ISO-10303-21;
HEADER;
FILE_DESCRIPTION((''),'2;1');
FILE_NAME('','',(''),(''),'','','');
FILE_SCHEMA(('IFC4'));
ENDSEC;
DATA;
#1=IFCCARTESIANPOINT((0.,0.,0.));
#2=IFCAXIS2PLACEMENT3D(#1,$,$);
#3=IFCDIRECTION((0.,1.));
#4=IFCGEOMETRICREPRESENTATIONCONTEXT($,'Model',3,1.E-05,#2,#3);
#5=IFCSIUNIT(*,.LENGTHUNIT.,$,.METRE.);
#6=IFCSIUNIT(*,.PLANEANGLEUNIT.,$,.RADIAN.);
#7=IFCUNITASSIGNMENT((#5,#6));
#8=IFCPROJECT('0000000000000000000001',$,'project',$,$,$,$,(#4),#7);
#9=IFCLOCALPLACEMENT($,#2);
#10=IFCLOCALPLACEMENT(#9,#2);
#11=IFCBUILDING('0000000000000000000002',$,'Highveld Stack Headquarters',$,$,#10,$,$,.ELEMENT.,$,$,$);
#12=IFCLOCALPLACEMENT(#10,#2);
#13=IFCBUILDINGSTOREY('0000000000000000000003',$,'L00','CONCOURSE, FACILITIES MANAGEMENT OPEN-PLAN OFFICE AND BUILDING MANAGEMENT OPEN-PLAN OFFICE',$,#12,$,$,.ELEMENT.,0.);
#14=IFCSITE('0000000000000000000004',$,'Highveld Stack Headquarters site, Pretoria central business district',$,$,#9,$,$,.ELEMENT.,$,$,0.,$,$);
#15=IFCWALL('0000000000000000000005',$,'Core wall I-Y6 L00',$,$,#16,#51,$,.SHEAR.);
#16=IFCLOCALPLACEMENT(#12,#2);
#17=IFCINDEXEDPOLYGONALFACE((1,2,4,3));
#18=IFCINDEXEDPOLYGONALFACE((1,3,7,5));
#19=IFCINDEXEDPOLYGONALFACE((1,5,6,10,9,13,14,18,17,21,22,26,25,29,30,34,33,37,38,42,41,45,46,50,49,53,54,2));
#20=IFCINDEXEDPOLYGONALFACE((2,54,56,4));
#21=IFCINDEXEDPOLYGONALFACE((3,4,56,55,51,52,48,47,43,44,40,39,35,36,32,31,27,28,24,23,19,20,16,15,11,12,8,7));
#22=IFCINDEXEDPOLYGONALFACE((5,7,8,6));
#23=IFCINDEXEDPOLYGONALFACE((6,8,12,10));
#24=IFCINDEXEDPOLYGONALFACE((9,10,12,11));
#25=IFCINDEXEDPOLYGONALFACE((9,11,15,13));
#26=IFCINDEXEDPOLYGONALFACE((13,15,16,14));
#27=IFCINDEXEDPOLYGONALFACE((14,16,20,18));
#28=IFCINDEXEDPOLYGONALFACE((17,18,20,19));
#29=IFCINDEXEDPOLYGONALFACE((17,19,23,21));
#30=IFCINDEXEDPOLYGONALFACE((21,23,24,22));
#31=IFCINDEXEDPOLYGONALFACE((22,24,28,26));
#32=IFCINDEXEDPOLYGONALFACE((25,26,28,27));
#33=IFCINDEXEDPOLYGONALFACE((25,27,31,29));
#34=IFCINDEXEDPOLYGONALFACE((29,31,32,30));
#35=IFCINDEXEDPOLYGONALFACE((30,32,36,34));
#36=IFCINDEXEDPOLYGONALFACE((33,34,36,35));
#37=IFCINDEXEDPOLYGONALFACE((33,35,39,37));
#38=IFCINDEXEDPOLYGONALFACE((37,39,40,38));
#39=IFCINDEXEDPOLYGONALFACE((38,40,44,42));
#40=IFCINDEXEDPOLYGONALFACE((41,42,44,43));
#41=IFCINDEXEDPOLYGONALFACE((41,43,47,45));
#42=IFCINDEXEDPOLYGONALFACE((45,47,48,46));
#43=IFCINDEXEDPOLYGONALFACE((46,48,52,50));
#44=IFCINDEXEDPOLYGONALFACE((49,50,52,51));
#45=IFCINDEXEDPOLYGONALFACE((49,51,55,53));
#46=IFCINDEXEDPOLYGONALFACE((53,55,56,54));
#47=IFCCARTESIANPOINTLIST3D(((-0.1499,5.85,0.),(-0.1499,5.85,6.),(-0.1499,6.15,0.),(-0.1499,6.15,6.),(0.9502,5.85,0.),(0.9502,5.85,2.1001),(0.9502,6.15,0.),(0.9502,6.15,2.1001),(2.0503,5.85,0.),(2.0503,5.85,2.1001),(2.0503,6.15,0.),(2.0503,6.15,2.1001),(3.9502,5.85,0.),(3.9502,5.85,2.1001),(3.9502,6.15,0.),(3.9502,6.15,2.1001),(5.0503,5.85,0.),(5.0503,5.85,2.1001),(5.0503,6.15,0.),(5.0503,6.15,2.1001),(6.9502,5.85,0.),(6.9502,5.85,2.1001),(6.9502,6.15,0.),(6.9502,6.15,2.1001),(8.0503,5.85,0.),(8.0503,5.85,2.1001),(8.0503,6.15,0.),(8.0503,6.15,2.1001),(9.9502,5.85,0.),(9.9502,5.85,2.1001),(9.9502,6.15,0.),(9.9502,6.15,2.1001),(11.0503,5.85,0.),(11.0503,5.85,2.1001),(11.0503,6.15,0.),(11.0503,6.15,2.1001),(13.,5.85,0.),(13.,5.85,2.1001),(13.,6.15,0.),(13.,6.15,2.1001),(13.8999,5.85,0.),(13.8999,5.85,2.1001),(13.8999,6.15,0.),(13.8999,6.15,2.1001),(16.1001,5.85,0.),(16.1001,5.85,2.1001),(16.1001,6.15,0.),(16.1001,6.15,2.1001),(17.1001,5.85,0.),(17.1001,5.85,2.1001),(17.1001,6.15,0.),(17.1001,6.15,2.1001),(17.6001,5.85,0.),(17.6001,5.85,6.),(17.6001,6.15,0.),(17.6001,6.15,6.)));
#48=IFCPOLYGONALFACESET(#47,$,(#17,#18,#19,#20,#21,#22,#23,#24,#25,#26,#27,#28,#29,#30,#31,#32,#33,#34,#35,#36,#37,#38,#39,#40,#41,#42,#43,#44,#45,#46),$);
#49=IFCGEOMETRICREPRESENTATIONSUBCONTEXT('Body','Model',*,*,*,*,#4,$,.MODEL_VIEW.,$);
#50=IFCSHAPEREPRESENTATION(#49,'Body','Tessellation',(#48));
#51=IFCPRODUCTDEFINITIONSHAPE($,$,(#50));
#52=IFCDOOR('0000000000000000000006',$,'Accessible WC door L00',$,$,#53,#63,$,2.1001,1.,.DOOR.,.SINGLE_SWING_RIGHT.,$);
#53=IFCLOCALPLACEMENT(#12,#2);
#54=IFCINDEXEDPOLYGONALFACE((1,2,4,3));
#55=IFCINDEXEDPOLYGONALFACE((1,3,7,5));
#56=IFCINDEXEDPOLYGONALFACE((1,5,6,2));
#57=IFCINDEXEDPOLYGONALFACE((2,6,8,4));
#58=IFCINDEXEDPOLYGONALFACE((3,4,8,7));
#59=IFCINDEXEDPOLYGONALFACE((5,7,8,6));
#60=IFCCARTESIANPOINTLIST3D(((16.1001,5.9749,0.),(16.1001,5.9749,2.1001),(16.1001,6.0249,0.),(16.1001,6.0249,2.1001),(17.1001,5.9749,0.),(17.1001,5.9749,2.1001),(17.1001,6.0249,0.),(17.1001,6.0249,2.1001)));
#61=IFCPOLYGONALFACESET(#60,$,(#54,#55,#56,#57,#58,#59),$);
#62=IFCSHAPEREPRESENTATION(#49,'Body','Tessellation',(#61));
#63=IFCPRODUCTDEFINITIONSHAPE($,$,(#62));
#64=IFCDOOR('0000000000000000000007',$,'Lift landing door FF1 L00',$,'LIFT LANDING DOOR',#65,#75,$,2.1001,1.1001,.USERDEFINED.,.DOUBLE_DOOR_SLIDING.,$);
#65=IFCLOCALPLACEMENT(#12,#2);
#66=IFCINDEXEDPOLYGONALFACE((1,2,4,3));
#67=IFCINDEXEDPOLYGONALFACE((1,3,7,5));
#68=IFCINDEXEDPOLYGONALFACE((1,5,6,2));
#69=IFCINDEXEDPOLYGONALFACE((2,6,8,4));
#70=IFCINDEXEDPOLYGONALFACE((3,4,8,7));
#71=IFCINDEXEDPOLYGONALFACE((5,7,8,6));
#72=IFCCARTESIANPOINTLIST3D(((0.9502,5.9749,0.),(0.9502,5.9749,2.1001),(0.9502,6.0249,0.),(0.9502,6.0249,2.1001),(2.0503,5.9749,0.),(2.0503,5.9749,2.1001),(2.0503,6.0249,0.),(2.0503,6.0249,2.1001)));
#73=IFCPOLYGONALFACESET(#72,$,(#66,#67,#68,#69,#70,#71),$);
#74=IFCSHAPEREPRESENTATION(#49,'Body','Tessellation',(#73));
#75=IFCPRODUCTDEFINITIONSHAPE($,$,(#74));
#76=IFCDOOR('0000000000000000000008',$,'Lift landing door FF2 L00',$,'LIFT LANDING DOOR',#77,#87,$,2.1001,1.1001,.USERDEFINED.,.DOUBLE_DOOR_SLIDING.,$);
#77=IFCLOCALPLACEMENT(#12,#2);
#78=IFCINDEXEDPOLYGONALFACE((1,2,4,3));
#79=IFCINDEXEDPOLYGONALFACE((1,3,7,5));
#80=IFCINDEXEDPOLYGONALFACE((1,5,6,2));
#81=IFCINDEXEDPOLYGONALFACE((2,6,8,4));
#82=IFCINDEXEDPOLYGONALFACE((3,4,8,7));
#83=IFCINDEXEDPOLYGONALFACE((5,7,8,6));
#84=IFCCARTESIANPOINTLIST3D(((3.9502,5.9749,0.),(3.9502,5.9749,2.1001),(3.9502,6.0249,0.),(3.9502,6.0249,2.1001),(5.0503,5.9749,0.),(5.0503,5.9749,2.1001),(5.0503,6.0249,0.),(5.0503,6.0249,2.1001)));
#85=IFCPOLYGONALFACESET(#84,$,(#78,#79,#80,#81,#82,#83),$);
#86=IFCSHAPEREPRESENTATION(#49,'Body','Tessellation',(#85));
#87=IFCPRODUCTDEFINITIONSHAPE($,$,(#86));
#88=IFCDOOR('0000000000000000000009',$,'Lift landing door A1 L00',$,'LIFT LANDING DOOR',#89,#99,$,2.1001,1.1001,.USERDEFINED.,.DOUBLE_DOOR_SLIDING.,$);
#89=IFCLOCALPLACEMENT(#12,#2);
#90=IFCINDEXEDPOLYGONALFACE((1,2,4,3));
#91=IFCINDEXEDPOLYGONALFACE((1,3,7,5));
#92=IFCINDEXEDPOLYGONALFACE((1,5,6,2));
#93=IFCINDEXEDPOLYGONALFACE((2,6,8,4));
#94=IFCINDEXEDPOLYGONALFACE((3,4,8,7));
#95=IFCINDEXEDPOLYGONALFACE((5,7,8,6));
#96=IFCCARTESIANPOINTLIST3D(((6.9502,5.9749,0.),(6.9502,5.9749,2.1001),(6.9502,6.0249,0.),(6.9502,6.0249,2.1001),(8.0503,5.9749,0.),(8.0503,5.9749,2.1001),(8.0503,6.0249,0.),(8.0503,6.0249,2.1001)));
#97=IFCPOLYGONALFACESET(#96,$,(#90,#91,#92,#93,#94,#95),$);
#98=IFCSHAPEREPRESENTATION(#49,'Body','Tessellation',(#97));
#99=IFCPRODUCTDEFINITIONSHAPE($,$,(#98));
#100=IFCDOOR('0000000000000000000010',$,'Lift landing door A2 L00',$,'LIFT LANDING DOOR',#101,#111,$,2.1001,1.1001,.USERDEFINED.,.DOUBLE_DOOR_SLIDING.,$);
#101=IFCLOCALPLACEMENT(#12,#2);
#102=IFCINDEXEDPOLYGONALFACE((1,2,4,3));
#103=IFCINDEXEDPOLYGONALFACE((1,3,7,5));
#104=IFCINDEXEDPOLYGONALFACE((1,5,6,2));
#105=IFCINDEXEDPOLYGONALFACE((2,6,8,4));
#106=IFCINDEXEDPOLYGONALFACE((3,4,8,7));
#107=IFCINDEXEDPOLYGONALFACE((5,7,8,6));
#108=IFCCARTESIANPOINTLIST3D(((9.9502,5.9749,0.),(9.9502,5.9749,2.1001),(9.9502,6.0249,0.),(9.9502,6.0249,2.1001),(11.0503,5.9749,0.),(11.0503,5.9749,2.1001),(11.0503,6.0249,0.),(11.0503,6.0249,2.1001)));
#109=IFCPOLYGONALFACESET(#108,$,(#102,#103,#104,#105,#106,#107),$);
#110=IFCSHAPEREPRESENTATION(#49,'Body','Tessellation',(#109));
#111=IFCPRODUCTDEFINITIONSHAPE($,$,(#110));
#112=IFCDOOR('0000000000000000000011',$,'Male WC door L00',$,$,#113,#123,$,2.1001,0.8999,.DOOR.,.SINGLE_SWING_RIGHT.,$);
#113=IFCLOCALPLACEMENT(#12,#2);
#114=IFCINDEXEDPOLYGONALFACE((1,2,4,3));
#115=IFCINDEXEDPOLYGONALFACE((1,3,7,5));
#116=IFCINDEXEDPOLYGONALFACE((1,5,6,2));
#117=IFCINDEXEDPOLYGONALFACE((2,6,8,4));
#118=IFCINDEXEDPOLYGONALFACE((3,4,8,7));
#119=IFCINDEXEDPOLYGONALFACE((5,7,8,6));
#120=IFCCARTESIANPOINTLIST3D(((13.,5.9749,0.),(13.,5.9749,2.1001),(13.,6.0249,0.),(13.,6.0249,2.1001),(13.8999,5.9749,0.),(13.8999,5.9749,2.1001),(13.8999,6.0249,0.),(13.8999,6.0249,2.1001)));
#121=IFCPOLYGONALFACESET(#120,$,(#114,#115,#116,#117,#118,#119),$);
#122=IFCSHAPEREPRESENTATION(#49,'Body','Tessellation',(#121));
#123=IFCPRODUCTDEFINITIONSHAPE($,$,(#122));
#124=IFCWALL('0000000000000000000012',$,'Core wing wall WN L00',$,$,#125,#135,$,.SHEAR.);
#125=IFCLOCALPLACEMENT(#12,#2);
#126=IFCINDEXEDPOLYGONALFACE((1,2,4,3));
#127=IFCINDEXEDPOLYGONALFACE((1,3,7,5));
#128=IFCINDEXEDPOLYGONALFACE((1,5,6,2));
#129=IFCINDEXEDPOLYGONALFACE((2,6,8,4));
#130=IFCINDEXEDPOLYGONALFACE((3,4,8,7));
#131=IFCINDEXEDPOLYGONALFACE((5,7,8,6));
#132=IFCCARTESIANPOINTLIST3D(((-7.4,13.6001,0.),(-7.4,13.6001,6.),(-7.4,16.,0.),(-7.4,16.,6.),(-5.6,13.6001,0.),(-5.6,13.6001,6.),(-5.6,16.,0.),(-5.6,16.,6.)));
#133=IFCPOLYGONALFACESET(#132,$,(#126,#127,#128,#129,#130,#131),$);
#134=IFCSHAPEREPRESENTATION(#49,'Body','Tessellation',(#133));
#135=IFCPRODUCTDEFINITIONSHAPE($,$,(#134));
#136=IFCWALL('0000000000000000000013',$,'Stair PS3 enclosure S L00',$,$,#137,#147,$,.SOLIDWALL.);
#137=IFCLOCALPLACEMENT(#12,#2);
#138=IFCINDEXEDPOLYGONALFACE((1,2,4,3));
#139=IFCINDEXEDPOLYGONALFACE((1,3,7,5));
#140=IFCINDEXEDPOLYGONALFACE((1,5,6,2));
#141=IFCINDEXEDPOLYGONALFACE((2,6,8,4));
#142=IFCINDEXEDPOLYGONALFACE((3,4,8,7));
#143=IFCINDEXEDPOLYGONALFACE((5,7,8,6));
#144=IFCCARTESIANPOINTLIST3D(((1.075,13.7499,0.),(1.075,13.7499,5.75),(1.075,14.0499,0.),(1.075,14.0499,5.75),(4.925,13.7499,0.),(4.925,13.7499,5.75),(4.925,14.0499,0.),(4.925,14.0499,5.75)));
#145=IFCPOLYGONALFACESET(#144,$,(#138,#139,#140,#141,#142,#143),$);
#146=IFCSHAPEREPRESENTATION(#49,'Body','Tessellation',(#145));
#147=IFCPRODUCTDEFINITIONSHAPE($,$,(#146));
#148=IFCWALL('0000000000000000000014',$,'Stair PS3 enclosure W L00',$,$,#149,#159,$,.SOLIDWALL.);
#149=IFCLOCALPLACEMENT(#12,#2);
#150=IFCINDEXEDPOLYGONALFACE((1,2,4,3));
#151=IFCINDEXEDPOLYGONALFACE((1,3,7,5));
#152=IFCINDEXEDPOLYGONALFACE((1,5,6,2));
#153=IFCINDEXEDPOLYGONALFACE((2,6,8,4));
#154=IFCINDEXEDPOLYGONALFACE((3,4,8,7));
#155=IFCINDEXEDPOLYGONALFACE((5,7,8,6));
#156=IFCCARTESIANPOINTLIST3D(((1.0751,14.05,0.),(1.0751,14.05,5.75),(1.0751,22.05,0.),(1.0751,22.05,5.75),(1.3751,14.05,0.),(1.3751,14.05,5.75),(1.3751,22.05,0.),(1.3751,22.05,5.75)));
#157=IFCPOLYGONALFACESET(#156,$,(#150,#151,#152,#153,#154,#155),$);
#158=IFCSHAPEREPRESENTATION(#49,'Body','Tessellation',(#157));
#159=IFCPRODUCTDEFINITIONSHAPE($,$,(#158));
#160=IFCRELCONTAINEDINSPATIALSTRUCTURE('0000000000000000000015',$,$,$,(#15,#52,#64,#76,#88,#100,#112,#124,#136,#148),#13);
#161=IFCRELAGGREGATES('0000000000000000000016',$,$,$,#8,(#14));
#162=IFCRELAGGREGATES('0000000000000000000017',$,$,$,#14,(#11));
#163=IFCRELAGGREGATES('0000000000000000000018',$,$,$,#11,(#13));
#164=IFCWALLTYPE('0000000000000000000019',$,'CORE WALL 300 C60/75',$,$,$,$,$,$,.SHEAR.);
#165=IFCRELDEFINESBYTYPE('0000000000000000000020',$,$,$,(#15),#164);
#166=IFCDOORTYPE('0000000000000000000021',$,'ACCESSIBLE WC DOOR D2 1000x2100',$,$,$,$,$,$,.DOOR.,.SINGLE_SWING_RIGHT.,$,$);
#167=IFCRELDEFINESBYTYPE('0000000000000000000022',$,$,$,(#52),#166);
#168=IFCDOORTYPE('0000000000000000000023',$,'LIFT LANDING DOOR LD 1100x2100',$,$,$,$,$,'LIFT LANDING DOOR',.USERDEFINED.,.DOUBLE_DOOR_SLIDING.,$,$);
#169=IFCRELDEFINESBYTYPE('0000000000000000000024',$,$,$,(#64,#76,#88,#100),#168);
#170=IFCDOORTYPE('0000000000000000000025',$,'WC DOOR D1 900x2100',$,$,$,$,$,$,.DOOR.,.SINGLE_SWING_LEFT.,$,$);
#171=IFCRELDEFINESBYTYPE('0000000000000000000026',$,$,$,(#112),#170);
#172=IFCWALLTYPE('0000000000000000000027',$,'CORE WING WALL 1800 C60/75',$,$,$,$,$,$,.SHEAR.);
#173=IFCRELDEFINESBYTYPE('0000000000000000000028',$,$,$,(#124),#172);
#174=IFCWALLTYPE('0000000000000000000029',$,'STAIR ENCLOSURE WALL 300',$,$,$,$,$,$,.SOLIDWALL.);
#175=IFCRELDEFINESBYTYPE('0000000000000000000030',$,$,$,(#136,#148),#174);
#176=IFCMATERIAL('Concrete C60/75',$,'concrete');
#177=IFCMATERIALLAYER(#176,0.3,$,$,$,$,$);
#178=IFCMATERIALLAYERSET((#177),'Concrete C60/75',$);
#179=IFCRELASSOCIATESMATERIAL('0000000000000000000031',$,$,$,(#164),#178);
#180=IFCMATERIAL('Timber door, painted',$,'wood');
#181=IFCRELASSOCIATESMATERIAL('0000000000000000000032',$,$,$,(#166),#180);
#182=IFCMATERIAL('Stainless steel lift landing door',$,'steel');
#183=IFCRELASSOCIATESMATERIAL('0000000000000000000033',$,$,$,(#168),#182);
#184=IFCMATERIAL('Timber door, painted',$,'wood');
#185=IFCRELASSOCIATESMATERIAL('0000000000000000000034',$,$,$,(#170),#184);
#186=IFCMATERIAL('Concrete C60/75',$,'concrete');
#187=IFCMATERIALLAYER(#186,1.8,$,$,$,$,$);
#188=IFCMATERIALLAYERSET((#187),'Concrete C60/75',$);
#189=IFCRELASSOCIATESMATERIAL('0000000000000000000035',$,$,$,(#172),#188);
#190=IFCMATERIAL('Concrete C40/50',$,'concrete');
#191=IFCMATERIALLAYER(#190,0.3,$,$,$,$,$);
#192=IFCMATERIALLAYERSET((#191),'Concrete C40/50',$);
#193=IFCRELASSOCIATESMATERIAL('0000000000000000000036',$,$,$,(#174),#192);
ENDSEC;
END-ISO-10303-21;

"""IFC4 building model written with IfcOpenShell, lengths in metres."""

from ifc_helpers import new_model, si_unit, direction, frame, frame_2d, origin, place, context, subcontext, project, spatial, rectangle, extrude, material, layer, layer_set, type_object, element, fill, save


model = new_model("IFC4")

# Units and contexts
model_context = context("Model", 3, precision=1e-05, world=origin(), true_north=direction((0.0, 1.0)))
body_context = subcontext(model_context, "Body", "Model", "MODEL_VIEW")
ifc_project = project(units=[si_unit("LENGTHUNIT", "METRE"), si_unit("PLANEANGLEUNIT", "RADIAN")], contexts=[model_context])

# Site, building, storey
site_placement = place(None, origin())
site = spatial("IfcSite", under=ifc_project, at=site_placement, Name="Highveld Stack Headquarters site, Pretoria central business district", CompositionType="ELEMENT", RefElevation=0.0)
building_placement = place(site_placement, origin())
building = spatial("IfcBuilding", under=site, at=building_placement, Name="Highveld Stack Headquarters", CompositionType="ELEMENT")
storey_placement = place(building_placement, origin())
storey = spatial("IfcBuildingStorey", under=building, at=storey_placement, Name="L00", Description="CONCOURSE, FACILITIES MANAGEMENT OPEN-PLAN OFFICE AND BUILDING MANAGEMENT OPEN-PLAN OFFICE", CompositionType="ELEMENT", Elevation=0.0)

# Wall, openings, doors
ifc_material_1 = material(Name="Concrete C60/75", Category="concrete")
ifc_layer_1 = layer(ifc_material_1, 0.3)
ifc_layer_set_1 = layer_set([ifc_layer_1], Name="Concrete C60/75")
wall_type_1 = type_object("IfcWallType", Name="CORE WALL 300 C60/75", PredefinedType="SHEAR", material=ifc_layer_set_1)
wall_1_placement = place(storey_placement, frame((-0.1499, 6.0, 0.0), z_axis=(0.0, 0.0, 1.0), x_axis=(1.0, 0.0, 0.0)))
wall_1 = element("IfcWall", 1, at=wall_1_placement, inside=storey, type_object=wall_type_1, Name="Core wall I-Y6 L00", PredefinedType="SHEAR", context=body_context, shape_type="SweptSolid", body=[
    extrude(rectangle(XDim=17.75, YDim=0.3, at=frame_2d((8.875, 0.0))), origin(), (0.0, 0.0, 1.0), 6.0),
])
opening_1_placement = place(wall_1_placement, frame((13.1499, 0.0, 0.0)))
opening_1 = element("IfcOpeningElement", 2, at=opening_1_placement, cuts=wall_1, PredefinedType="OPENING", context=body_context, shape_type="SweptSolid", body=[
    extrude(rectangle(XDim=0.8999, YDim=2.1001, at=frame_2d((0.45, 1.05))), frame((0.0, 0.1599, 0.0), z_axis=(0.0, -1.0, 0.0), x_axis=(1.0, 0.0, 0.0)), (0.0, 0.0, 1.0), 0.3201),
])
opening_2_placement = place(wall_1_placement, frame((16.25, 0.0, 0.0)))
opening_2 = element("IfcOpeningElement", 3, at=opening_2_placement, cuts=wall_1, PredefinedType="OPENING", context=body_context, shape_type="SweptSolid", body=[
    extrude(rectangle(XDim=1.0, YDim=2.1001, at=frame_2d((0.5, 1.05))), frame((0.0, 0.1599, 0.0), z_axis=(0.0, -1.0, 0.0), x_axis=(1.0, 0.0, 0.0)), (0.0, 0.0, 1.0), 0.3201),
])
opening_3_placement = place(wall_1_placement, frame((1.1001, 0.0, 0.0)))
opening_3 = element("IfcOpeningElement", 4, at=opening_3_placement, cuts=wall_1, PredefinedType="OPENING", context=body_context, shape_type="SweptSolid", body=[
    extrude(rectangle(XDim=1.1001, YDim=2.1001, at=frame_2d((0.55, 1.05))), frame((0.0, 0.1599, 0.0), z_axis=(0.0, -1.0, 0.0), x_axis=(1.0, 0.0, 0.0)), (0.0, 0.0, 1.0), 0.3201),
])
opening_4_placement = place(wall_1_placement, frame((4.1001, 0.0, 0.0)))
opening_4 = element("IfcOpeningElement", 5, at=opening_4_placement, cuts=wall_1, PredefinedType="OPENING", context=body_context, shape_type="SweptSolid", body=[
    extrude(rectangle(XDim=1.1001, YDim=2.1001, at=frame_2d((0.55, 1.05))), frame((0.0, 0.1599, 0.0), z_axis=(0.0, -1.0, 0.0), x_axis=(1.0, 0.0, 0.0)), (0.0, 0.0, 1.0), 0.3201),
])
opening_5_placement = place(wall_1_placement, frame((7.1001, 0.0, 0.0)))
opening_5 = element("IfcOpeningElement", 6, at=opening_5_placement, cuts=wall_1, PredefinedType="OPENING", context=body_context, shape_type="SweptSolid", body=[
    extrude(rectangle(XDim=1.1001, YDim=2.1001, at=frame_2d((0.55, 1.05))), frame((0.0, 0.1599, 0.0), z_axis=(0.0, -1.0, 0.0), x_axis=(1.0, 0.0, 0.0)), (0.0, 0.0, 1.0), 0.3201),
])
opening_6_placement = place(wall_1_placement, frame((10.1001, 0.0, 0.0)))
opening_6 = element("IfcOpeningElement", 7, at=opening_6_placement, cuts=wall_1, PredefinedType="OPENING", context=body_context, shape_type="SweptSolid", body=[
    extrude(rectangle(XDim=1.1001, YDim=2.1001, at=frame_2d((0.55, 1.05))), frame((0.0, 0.1599, 0.0), z_axis=(0.0, -1.0, 0.0), x_axis=(1.0, 0.0, 0.0)), (0.0, 0.0, 1.0), 0.3201),
])
ifc_material_2 = material(Name="Timber door, painted", Category="wood")
door_type_1 = type_object("IfcDoorType", Name="ACCESSIBLE WC DOOR D2 1000x2100", OperationType="SINGLE_SWING_RIGHT", PredefinedType="DOOR", material=ifc_material_2)
door_1_placement = place(opening_2_placement, origin())
door_1 = element("IfcDoor", 8, at=door_1_placement, inside=storey, type_object=door_type_1, Name="Accessible WC door L00", OperationType="SINGLE_SWING_RIGHT", OverallHeight=2.1001, OverallWidth=1.0, PredefinedType="DOOR", context=body_context, shape_type="SweptSolid", body=[
    extrude(rectangle(XDim=1.0, YDim=2.1001, at=frame_2d((0.5, 1.05))), frame((0.0, 0.0249, 0.0), z_axis=(0.0, -1.0, 0.0), x_axis=(1.0, 0.0, 0.0)), (0.0, 0.0, 1.0), 0.05),
])
fill(opening_2, door_1)
ifc_material_3 = material(Name="Stainless steel lift landing door", Category="steel")
door_type_2 = type_object("IfcDoorType", Name="LIFT LANDING DOOR LD 1100x2100", ElementType="LIFT LANDING DOOR", OperationType="DOUBLE_DOOR_SLIDING", PredefinedType="USERDEFINED", material=ifc_material_3)
door_2_placement = place(opening_3_placement, origin())
door_2 = element("IfcDoor", 9, at=door_2_placement, inside=storey, type_object=door_type_2, Name="Lift landing door FF1 L00", ObjectType="LIFT LANDING DOOR", OperationType="DOUBLE_DOOR_SLIDING", OverallHeight=2.1001, OverallWidth=1.1001, PredefinedType="USERDEFINED", context=body_context, shape_type="SweptSolid", body=[
    extrude(rectangle(XDim=1.1001, YDim=2.1001, at=frame_2d((0.55, 1.05))), frame((0.0, 0.0249, 0.0), z_axis=(0.0, -1.0, 0.0), x_axis=(1.0, 0.0, 0.0)), (0.0, 0.0, 1.0), 0.05),
])
fill(opening_3, door_2)
door_3_placement = place(opening_4_placement, origin())
door_3 = element("IfcDoor", 10, at=door_3_placement, inside=storey, type_object=door_type_2, Name="Lift landing door FF2 L00", ObjectType="LIFT LANDING DOOR", OperationType="DOUBLE_DOOR_SLIDING", OverallHeight=2.1001, OverallWidth=1.1001, PredefinedType="USERDEFINED", context=body_context, shape_type="SweptSolid", body=[
    extrude(rectangle(XDim=1.1001, YDim=2.1001, at=frame_2d((0.55, 1.05))), frame((0.0, 0.0249, 0.0), z_axis=(0.0, -1.0, 0.0), x_axis=(1.0, 0.0, 0.0)), (0.0, 0.0, 1.0), 0.05),
])
fill(opening_4, door_3)
door_4_placement = place(opening_5_placement, origin())
door_4 = element("IfcDoor", 11, at=door_4_placement, inside=storey, type_object=door_type_2, Name="Lift landing door A1 L00", ObjectType="LIFT LANDING DOOR", OperationType="DOUBLE_DOOR_SLIDING", OverallHeight=2.1001, OverallWidth=1.1001, PredefinedType="USERDEFINED", context=body_context, shape_type="SweptSolid", body=[
    extrude(rectangle(XDim=1.1001, YDim=2.1001, at=frame_2d((0.55, 1.05))), frame((0.0, 0.0249, 0.0), z_axis=(0.0, -1.0, 0.0), x_axis=(1.0, 0.0, 0.0)), (0.0, 0.0, 1.0), 0.05),
])
fill(opening_5, door_4)
door_5_placement = place(opening_6_placement, origin())
door_5 = element("IfcDoor", 12, at=door_5_placement, inside=storey, type_object=door_type_2, Name="Lift landing door A2 L00", ObjectType="LIFT LANDING DOOR", OperationType="DOUBLE_DOOR_SLIDING", OverallHeight=2.1001, OverallWidth=1.1001, PredefinedType="USERDEFINED", context=body_context, shape_type="SweptSolid", body=[
    extrude(rectangle(XDim=1.1001, YDim=2.1001, at=frame_2d((0.55, 1.05))), frame((0.0, 0.0249, 0.0), z_axis=(0.0, -1.0, 0.0), x_axis=(1.0, 0.0, 0.0)), (0.0, 0.0, 1.0), 0.05),
])
fill(opening_6, door_5)
ifc_material_4 = material(Name="Timber door, painted", Category="wood")
door_type_3 = type_object("IfcDoorType", Name="WC DOOR D1 900x2100", OperationType="SINGLE_SWING_LEFT", PredefinedType="DOOR", material=ifc_material_4)
door_6_placement = place(opening_1_placement, origin())
door_6 = element("IfcDoor", 13, at=door_6_placement, inside=storey, type_object=door_type_3, Name="Male WC door L00", OperationType="SINGLE_SWING_RIGHT", OverallHeight=2.1001, OverallWidth=0.8999, PredefinedType="DOOR", context=body_context, shape_type="SweptSolid", body=[
    extrude(rectangle(XDim=0.8999, YDim=2.1001, at=frame_2d((0.45, 1.05))), frame((0.0, 0.0249, 0.0), z_axis=(0.0, -1.0, 0.0), x_axis=(1.0, 0.0, 0.0)), (0.0, 0.0, 1.0), 0.05),
])
fill(opening_1, door_6)

# Walls
ifc_material_5 = material(Name="Concrete C60/75", Category="concrete")
ifc_layer_2 = layer(ifc_material_5, 1.8)
ifc_layer_set_2 = layer_set([ifc_layer_2], Name="Concrete C60/75")
wall_type_2 = type_object("IfcWallType", Name="CORE WING WALL 1800 C60/75", PredefinedType="SHEAR", material=ifc_layer_set_2)
wall_2_placement = place(storey_placement, frame((-6.5, 13.6001, 0.0), z_axis=(0.0, 0.0, 1.0), x_axis=(0.0, 1.0, 0.0)))
element("IfcWall", 14, at=wall_2_placement, inside=storey, type_object=wall_type_2, Name="Core wing wall WN L00", PredefinedType="SHEAR", context=body_context, shape_type="SweptSolid", body=[
    extrude(rectangle(XDim=2.3999, YDim=1.8, at=frame_2d((1.2, 0.0))), origin(), (0.0, 0.0, 1.0), 6.0),
])
ifc_material_6 = material(Name="Concrete C40/50", Category="concrete")
ifc_layer_3 = layer(ifc_material_6, 0.3)
ifc_layer_set_3 = layer_set([ifc_layer_3], Name="Concrete C40/50")
wall_type_3 = type_object("IfcWallType", Name="STAIR ENCLOSURE WALL 300", PredefinedType="SOLIDWALL", material=ifc_layer_set_3)
wall_3_placement = place(storey_placement, frame((1.075, 13.8999, 0.0), z_axis=(0.0, 0.0, 1.0), x_axis=(1.0, 0.0, 0.0)))
element("IfcWall", 15, at=wall_3_placement, inside=storey, type_object=wall_type_3, Name="Stair PS3 enclosure S L00", PredefinedType="SOLIDWALL", context=body_context, shape_type="SweptSolid", body=[
    extrude(rectangle(XDim=3.8501, YDim=0.3, at=frame_2d((1.925, 0.0))), origin(), (0.0, 0.0, 1.0), 5.75),
])
wall_4_placement = place(storey_placement, frame((1.2251, 14.05, 0.0), z_axis=(0.0, 0.0, 1.0), x_axis=(0.0, 1.0, 0.0)))
element("IfcWall", 16, at=wall_4_placement, inside=storey, type_object=wall_type_3, Name="Stair PS3 enclosure W L00", PredefinedType="SOLIDWALL", context=body_context, shape_type="SweptSolid", body=[
    extrude(rectangle(XDim=8.0, YDim=0.3, at=frame_2d((4.0, 0.0))), origin(), (0.0, 0.0, 1.0), 5.75),
])

save(model, "model.ifc")
